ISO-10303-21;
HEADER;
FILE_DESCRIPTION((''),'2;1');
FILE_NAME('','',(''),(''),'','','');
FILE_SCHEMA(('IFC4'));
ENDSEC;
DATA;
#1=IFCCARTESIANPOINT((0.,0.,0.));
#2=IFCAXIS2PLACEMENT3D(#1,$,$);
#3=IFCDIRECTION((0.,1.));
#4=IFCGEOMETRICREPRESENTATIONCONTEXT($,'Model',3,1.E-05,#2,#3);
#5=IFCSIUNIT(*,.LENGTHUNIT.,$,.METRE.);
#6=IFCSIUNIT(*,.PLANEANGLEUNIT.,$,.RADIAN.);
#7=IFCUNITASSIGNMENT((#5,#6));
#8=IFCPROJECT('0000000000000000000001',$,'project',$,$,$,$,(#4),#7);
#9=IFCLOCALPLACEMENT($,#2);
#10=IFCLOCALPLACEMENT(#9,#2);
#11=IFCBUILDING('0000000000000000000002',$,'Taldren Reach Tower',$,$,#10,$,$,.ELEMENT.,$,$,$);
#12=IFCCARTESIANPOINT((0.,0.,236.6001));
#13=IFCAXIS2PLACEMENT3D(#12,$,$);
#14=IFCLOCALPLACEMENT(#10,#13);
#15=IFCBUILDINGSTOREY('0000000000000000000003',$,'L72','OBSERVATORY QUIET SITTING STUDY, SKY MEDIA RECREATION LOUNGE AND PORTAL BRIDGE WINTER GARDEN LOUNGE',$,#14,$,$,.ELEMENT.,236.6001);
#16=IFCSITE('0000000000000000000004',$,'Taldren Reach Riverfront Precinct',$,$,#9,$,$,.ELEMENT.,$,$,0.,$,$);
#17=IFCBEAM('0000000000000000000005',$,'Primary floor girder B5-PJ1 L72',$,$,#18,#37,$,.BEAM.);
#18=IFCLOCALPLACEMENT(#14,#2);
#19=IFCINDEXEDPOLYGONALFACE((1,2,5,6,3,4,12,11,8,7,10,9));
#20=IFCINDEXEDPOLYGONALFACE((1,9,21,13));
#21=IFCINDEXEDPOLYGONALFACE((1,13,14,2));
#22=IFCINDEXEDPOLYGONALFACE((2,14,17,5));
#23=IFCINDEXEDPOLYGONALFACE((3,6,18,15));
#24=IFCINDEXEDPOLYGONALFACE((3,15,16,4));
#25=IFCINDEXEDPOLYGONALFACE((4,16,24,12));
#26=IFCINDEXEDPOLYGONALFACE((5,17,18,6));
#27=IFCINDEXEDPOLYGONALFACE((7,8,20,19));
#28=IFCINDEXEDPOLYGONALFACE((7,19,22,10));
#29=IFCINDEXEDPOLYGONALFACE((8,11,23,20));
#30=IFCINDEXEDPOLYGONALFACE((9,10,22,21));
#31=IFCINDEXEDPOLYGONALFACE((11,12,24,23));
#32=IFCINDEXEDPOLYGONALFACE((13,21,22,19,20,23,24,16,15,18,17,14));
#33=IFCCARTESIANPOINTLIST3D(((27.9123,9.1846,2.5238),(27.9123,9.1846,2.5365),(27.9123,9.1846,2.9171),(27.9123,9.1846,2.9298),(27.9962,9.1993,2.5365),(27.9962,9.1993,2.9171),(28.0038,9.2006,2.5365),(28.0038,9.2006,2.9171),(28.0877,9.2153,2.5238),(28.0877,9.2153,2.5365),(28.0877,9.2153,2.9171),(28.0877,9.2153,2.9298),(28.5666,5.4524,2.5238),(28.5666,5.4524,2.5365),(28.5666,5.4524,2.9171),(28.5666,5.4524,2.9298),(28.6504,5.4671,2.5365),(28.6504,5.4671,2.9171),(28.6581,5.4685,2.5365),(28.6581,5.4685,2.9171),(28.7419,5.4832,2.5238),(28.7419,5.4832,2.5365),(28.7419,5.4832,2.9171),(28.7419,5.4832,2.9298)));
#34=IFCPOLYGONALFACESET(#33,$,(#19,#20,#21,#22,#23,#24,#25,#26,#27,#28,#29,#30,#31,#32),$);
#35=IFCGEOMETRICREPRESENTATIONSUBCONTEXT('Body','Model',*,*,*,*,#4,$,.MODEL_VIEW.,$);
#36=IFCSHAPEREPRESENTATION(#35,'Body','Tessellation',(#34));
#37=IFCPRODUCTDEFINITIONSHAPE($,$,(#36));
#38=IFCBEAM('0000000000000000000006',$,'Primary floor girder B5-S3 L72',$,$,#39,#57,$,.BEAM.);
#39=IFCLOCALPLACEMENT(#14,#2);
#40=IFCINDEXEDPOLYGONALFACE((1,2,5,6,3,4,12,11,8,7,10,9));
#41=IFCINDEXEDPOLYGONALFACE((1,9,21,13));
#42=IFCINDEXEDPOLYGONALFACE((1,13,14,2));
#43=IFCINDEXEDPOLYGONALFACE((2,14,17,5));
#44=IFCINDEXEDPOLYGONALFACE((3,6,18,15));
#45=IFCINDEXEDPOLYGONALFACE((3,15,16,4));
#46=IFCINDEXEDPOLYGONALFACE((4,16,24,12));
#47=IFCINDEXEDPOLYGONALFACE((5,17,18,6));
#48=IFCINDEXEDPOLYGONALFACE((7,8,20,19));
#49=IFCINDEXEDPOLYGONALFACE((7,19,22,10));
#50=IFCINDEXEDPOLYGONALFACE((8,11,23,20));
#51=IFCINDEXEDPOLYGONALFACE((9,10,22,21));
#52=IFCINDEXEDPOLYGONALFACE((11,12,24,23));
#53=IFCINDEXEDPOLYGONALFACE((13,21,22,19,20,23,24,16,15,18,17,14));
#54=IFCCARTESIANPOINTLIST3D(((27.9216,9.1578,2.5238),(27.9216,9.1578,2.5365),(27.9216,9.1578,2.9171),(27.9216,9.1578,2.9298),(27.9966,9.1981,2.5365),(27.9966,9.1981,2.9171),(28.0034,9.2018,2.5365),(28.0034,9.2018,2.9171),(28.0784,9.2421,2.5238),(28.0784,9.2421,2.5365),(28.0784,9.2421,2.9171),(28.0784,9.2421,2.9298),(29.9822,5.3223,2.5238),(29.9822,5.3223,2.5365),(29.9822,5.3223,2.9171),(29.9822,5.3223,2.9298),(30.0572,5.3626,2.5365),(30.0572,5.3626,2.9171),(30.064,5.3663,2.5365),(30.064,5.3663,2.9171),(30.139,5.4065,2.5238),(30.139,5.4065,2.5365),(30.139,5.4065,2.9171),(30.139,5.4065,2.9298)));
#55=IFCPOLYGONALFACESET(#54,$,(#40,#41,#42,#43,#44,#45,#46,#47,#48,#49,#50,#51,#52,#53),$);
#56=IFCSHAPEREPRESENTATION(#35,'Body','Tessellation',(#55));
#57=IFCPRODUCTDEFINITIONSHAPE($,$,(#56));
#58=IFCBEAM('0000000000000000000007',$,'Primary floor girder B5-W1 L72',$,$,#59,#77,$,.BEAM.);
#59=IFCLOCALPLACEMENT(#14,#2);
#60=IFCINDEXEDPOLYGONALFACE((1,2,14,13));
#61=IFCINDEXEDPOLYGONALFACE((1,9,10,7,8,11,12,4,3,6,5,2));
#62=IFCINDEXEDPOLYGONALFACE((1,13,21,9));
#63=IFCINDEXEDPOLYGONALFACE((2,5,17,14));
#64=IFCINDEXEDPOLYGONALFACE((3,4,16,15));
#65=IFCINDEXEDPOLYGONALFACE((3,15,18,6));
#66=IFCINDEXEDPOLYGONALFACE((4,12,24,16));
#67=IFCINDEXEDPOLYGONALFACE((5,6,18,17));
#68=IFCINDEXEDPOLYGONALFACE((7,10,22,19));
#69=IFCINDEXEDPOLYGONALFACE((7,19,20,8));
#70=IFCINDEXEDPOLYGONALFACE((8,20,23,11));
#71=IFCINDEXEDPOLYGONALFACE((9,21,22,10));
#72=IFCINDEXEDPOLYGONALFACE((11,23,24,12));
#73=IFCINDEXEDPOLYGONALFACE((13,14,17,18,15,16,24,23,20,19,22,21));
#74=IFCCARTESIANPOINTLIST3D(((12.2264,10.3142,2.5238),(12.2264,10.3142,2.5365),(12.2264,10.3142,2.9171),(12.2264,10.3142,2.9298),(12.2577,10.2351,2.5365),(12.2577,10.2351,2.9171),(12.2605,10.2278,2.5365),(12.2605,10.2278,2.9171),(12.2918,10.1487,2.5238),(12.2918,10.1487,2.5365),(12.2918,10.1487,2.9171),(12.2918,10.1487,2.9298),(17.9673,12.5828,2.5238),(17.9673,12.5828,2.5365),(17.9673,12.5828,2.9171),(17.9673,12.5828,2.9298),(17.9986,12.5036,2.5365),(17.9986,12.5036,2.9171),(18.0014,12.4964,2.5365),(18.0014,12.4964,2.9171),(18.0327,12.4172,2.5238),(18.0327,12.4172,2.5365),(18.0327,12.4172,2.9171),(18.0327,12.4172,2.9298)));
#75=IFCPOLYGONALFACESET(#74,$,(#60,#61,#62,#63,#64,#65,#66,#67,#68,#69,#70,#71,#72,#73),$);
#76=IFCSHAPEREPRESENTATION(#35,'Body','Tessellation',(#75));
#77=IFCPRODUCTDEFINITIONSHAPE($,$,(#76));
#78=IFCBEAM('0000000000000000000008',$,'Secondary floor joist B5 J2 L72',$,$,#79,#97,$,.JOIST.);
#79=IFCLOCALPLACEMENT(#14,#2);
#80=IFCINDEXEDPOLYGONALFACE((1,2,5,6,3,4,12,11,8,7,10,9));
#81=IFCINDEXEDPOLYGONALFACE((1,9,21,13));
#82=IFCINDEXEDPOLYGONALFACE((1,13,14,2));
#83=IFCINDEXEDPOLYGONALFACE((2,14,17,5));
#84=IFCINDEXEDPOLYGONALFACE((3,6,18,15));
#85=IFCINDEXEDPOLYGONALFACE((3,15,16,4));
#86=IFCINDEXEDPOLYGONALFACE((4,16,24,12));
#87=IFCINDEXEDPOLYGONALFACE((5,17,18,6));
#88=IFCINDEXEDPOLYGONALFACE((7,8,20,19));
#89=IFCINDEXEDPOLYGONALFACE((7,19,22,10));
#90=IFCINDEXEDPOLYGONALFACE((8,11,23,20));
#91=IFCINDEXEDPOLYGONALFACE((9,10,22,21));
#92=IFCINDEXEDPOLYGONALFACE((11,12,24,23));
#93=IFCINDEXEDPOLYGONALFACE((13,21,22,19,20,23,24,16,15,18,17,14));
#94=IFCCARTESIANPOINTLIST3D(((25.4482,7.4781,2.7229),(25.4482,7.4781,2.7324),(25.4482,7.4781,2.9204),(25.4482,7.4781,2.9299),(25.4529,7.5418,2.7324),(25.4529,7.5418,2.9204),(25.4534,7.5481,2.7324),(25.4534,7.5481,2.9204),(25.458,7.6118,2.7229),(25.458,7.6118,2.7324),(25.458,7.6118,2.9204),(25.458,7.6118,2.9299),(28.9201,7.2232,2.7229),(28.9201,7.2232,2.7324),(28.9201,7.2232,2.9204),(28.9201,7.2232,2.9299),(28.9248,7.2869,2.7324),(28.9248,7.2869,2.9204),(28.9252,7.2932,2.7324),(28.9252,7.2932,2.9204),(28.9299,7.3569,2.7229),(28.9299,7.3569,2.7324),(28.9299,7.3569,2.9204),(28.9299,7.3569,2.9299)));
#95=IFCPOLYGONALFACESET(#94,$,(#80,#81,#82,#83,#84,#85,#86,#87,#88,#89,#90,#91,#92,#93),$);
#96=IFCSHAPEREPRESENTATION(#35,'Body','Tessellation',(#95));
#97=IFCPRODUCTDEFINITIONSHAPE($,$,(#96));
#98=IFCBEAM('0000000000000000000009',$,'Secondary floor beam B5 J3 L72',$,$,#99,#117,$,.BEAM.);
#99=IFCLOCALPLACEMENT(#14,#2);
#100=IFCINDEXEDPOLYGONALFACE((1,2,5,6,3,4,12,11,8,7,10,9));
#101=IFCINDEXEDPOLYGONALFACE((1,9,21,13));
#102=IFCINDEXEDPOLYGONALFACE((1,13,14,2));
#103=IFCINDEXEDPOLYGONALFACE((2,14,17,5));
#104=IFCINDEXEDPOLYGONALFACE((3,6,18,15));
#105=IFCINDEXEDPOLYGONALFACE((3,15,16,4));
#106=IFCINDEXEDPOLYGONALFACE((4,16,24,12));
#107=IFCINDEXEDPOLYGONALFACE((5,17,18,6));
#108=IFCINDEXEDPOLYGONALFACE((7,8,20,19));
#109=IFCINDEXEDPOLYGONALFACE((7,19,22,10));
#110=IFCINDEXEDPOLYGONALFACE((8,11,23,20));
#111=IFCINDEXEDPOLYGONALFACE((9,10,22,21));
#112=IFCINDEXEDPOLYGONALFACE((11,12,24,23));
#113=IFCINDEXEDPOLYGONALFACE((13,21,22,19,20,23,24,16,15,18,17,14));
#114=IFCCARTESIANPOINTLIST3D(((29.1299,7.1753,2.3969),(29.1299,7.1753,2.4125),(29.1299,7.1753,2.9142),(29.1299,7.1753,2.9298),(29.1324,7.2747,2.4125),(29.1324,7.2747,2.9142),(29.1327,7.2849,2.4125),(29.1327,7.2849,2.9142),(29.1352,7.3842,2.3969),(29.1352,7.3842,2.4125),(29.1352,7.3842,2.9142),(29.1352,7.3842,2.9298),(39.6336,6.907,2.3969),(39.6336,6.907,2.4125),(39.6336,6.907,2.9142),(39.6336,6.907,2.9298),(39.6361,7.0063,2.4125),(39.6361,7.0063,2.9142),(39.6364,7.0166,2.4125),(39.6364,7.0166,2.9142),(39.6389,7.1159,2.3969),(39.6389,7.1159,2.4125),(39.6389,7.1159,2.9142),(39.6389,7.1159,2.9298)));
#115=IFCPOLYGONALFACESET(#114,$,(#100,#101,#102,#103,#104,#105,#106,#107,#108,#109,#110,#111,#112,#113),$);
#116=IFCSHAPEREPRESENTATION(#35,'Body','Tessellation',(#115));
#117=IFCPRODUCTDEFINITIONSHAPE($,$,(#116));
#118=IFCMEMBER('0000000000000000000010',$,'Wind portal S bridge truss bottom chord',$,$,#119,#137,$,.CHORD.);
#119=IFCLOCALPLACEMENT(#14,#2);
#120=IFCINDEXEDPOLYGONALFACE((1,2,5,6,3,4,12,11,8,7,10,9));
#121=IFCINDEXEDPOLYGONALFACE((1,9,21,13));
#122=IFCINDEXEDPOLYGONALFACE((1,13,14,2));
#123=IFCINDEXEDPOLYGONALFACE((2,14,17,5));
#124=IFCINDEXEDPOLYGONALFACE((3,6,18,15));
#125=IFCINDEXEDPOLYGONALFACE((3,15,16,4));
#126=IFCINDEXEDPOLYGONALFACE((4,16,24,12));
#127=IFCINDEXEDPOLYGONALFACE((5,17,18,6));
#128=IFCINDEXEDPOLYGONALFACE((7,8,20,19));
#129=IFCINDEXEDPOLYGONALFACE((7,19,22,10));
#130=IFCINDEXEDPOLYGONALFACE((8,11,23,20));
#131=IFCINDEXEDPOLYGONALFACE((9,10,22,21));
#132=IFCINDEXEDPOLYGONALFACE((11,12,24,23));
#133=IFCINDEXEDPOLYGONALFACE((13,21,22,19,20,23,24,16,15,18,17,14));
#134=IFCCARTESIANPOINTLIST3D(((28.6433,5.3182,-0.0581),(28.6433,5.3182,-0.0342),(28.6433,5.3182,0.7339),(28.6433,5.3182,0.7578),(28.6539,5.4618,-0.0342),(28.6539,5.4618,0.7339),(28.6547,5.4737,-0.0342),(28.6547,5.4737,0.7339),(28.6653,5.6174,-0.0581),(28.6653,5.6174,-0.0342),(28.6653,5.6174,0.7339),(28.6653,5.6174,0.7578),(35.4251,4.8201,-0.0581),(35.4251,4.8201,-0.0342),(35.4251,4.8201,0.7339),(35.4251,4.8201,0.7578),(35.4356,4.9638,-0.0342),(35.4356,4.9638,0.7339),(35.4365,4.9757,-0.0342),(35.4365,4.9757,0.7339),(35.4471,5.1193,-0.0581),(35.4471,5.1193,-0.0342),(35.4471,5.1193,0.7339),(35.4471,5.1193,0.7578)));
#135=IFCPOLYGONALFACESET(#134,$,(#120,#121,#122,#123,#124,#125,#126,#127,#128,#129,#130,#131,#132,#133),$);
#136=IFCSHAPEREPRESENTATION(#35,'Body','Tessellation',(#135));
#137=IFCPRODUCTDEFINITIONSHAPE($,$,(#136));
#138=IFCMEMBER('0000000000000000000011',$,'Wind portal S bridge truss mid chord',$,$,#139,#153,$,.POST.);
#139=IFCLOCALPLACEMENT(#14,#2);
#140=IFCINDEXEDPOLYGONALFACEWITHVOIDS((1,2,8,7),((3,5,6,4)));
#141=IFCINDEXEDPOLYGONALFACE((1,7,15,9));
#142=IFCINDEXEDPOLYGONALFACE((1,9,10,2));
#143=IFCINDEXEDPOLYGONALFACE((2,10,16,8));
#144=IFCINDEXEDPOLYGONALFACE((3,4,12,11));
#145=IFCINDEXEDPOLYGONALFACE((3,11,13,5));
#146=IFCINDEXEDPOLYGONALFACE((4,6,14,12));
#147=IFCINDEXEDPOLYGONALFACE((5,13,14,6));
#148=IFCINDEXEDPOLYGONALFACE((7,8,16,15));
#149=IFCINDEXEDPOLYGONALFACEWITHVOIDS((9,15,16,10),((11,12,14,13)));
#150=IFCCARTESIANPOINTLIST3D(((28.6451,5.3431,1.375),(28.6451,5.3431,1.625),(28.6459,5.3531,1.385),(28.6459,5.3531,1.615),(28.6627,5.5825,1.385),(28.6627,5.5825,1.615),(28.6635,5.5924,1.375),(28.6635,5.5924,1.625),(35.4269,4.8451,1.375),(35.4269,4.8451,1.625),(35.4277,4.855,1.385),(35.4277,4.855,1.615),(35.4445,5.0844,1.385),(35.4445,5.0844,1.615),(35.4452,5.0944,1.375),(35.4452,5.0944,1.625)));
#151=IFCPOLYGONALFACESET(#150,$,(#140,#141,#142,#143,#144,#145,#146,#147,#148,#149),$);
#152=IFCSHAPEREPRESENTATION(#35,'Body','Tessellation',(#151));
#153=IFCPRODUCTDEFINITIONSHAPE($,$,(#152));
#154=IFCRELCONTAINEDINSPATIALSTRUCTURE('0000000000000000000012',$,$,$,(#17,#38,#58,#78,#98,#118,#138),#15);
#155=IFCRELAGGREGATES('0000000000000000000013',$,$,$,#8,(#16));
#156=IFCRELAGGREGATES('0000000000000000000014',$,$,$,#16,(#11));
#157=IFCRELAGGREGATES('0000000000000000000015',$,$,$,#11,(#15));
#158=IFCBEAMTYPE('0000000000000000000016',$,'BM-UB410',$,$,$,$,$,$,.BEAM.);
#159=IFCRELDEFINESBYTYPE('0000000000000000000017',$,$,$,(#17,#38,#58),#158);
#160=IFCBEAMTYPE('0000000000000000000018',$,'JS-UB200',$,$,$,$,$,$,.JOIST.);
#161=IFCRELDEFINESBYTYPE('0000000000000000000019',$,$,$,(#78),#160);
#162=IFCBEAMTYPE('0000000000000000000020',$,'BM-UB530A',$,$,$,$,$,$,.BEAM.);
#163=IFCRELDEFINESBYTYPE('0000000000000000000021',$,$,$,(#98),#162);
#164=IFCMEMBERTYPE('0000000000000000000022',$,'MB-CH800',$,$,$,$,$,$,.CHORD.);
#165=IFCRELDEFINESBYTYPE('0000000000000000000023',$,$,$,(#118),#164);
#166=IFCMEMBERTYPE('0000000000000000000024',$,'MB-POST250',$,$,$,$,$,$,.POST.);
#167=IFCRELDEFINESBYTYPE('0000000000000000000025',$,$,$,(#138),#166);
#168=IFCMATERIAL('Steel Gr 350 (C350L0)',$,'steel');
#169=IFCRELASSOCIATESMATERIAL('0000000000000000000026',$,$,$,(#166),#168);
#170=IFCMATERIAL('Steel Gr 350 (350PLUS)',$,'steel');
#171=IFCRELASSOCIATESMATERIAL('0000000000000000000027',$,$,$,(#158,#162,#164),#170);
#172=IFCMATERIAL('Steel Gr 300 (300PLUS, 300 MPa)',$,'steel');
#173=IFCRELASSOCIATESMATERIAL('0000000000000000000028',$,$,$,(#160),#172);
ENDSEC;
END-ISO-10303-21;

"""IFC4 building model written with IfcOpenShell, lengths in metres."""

from ifc_helpers import new_model, si_unit, direction, frame, origin, origin_2d, place, context, subcontext, project, spatial, hollow_rectangle, i_section, extrude, source, transform, mapped, material, material_profile, profile_set, type_object, element, save


model = new_model("IFC4")

# Units and contexts
model_context = context("Model", 3, precision=1e-05, world=origin(), true_north=direction((0.0, 1.0)))
body_context = subcontext(model_context, "Body", "Model", "MODEL_VIEW")
ifc_project = project(units=[si_unit("LENGTHUNIT", "METRE"), si_unit("PLANEANGLEUNIT", "RADIAN")], contexts=[model_context])

# Site, building, storey
site_placement = place(None, origin())
site = spatial("IfcSite", under=ifc_project, at=site_placement, Name="Taldren Reach Riverfront Precinct", CompositionType="ELEMENT", RefElevation=0.0)
building_placement = place(site_placement, origin())
building = spatial("IfcBuilding", under=site, at=building_placement, Name="Taldren Reach Tower", CompositionType="ELEMENT")
storey_placement = place(building_placement, frame((0.0, 0.0, 236.6001)))
storey = spatial("IfcBuildingStorey", under=building, at=storey_placement, Name="L72", Description="OBSERVATORY QUIET SITTING STUDY, SKY MEDIA RECREATION LOUNGE AND PORTAL BRIDGE WINTER GARDEN LOUNGE", CompositionType="ELEMENT", Elevation=236.6001)

# Shared definitions
ifc_material_1 = material(Name="Steel Gr 350 (350PLUS)", Category="steel")

# Shared definitions
ifc_material_2 = material(Name="Steel Gr 350 (C350L0)", Category="steel")
ifc_material_profile_1 = material_profile(ifc_material_2, hollow_rectangle(XDim=0.25, YDim=0.25, WallThickness=0.01, at=origin_2d()), Name="250x250x10.0SHS")
ifc_profile_set_1 = profile_set([ifc_material_profile_1], Name="Steel Gr 350 (C350L0)")
member_type_1 = type_object("IfcMemberType", Name="MB-POST250", PredefinedType="POST", material=ifc_profile_set_1)

# Beams
ifc_material_profile_2 = material_profile(ifc_material_1, i_section(OverallWidth=0.178, OverallDepth=0.406, WebThickness=0.0078, FlangeThickness=0.0127, at=origin_2d()), Name="410UB59.7")
ifc_profile_set_2 = profile_set([ifc_material_profile_2], Name="Steel Gr 350 (350PLUS)")
beam_type_1 = type_object("IfcBeamType", Name="BM-UB410", PredefinedType="BEAM", material=ifc_profile_set_2)
shared_shape_1 = source(origin(), body_context, "Body", "SweptSolid", [
    extrude(i_section(OverallWidth=0.178, OverallDepth=0.406, WebThickness=0.0078, FlangeThickness=0.0127, at=origin_2d()), origin(), (0.0, 0.0, 1.0), 3.7891),
])
beam_1_placement = place(storey_placement, frame((28.0, 9.2, 2.7268), z_axis=(0.172679, -0.984978, 0.0), x_axis=(0.984978, 0.172679, 0.0)))
element("IfcBeam", 1, at=beam_1_placement, inside=storey, type_object=beam_type_1, Name="Primary floor girder B5-PJ1 L72", PredefinedType="BEAM", context=body_context, shape_type="MappedRepresentation", body=[
    mapped(shared_shape_1, transform((0.0, 0.0, 0.0), scale=1.0)),
])
shared_shape_2 = source(origin(), body_context, "Body", "SweptSolid", [
    extrude(i_section(OverallWidth=0.178, OverallDepth=0.406, WebThickness=0.0078, FlangeThickness=0.0127, at=origin_2d()), origin(), (0.0, 0.0, 1.0), 4.354),
])
beam_2_placement = place(storey_placement, frame((28.0, 9.2, 2.7268), z_axis=(0.473264, -0.880921, 0.0), x_axis=(0.880921, 0.473264, 0.0)))
element("IfcBeam", 2, at=beam_2_placement, inside=storey, type_object=beam_type_1, Name="Primary floor girder B5-S3 L72", PredefinedType="BEAM", context=body_context, shape_type="MappedRepresentation", body=[
    mapped(shared_shape_2, transform((0.0, 0.0, 0.0), scale=1.0)),
])
shared_shape_3 = source(origin(), body_context, "Body", "SweptSolid", [
    extrude(i_section(OverallWidth=0.178, OverallDepth=0.406, WebThickness=0.0078, FlangeThickness=0.0127, at=origin_2d()), origin(), (0.0, 0.0, 1.0), 6.1729),
])
beam_3_placement = place(storey_placement, frame((18.0, 12.5, 2.7268), z_axis=(-0.930023, -0.367501, 0.0), x_axis=(0.367501, -0.930023, 0.0)))
element("IfcBeam", 3, at=beam_3_placement, inside=storey, type_object=beam_type_1, Name="Primary floor girder B5-W1 L72", PredefinedType="BEAM", context=body_context, shape_type="MappedRepresentation", body=[
    mapped(shared_shape_3, transform((0.0, 0.0, 0.0), scale=1.0)),
])
ifc_material_3 = material(Name="Steel Gr 300 (300PLUS, 300 MPa)", Category="steel")
ifc_material_profile_3 = material_profile(ifc_material_3, i_section(OverallWidth=0.134, OverallDepth=0.207, WebThickness=0.0063, FlangeThickness=0.0095, at=origin_2d()), Name="200UB29.8")
ifc_profile_set_3 = profile_set([ifc_material_profile_3], Name="Steel Gr 300 (300PLUS, 300 MPa)")
beam_type_2 = type_object("IfcBeamType", Name="JS-UB200", PredefinedType="JOIST", material=ifc_profile_set_3)
shared_shape_4 = source(origin(), body_context, "Body", "SweptSolid", [
    extrude(i_section(OverallWidth=0.134, OverallDepth=0.207, WebThickness=0.0063, FlangeThickness=0.0095, at=origin_2d()), origin(), (0.0, 0.0, 1.0), 3.4812),
])
beam_4_placement = place(storey_placement, frame((25.4531, 7.5449, 2.8264), z_axis=(0.997316, -0.073216, 0.0), x_axis=(0.073216, 0.997316, 0.0)))
element("IfcBeam", 4, at=beam_4_placement, inside=storey, type_object=beam_type_2, Name="Secondary floor joist B5 J2 L72", PredefinedType="JOIST", context=body_context, shape_type="MappedRepresentation", body=[
    mapped(shared_shape_4, transform((0.0, 0.0, 0.0), scale=1.0)),
])
ifc_material_profile_4 = material_profile(ifc_material_1, i_section(OverallWidth=0.209, OverallDepth=0.533, WebThickness=0.0103, FlangeThickness=0.0156, at=origin_2d()), Name="530UB92.4")
ifc_profile_set_4 = profile_set([ifc_material_profile_4], Name="Steel Gr 350 (350PLUS)")
beam_type_3 = type_object("IfcBeamType", Name="BM-UB530A", PredefinedType="BEAM", material=ifc_profile_set_4)
shared_shape_5 = source(origin(), body_context, "Body", "SweptSolid", [
    extrude(i_section(OverallWidth=0.209, OverallDepth=0.533, WebThickness=0.0103, FlangeThickness=0.0156, at=origin_2d()), origin(), (0.0, 0.0, 1.0), 10.5071),
])
beam_5_placement = place(storey_placement, frame((29.1326, 7.2798, 2.6633), z_axis=(0.999674, -0.025536, 0.0), x_axis=(0.025536, 0.999674, 0.0)))
element("IfcBeam", 5, at=beam_5_placement, inside=storey, type_object=beam_type_3, Name="Secondary floor beam B5 J3 L72", PredefinedType="BEAM", context=body_context, shape_type="MappedRepresentation", body=[
    mapped(shared_shape_5, transform((0.0, 0.0, 0.0), scale=1.0)),
])

# Members
ifc_material_profile_5 = material_profile(ifc_material_1, i_section(OverallWidth=0.3, OverallDepth=0.8159, WebThickness=0.012, FlangeThickness=0.0239, at=origin_2d()), Name="800WB192")
ifc_profile_set_5 = profile_set([ifc_material_profile_5], Name="Steel Gr 350 (350PLUS)")
member_type_2 = type_object("IfcMemberType", Name="MB-CH800", PredefinedType="CHORD", material=ifc_profile_set_5)
shared_shape_6 = source(origin(), body_context, "Body", "SweptSolid", [
    extrude(i_section(OverallWidth=0.3, OverallDepth=0.8159, WebThickness=0.012, FlangeThickness=0.0239, at=origin_2d()), origin(), (0.0, 0.0, 1.0), 6.8),
])
member_1_placement = place(storey_placement, frame((28.6543, 5.4678, 0.3499), z_axis=(0.997314, -0.073242, 0.0), x_axis=(0.073242, 0.997314, 0.0)))
element("IfcMember", 6, at=member_1_placement, inside=storey, type_object=member_type_2, Name="Wind portal S bridge truss bottom chord", PredefinedType="CHORD", context=body_context, shape_type="MappedRepresentation", body=[
    mapped(shared_shape_6, transform((0.0, 0.0, 0.0), scale=1.0)),
])
shared_shape_7 = source(origin(), body_context, "Body", "SweptSolid", [
    extrude(hollow_rectangle(XDim=0.25, YDim=0.25, WallThickness=0.01, at=origin_2d()), origin(), (0.0, 0.0, 1.0), 6.8),
])
member_2_placement = place(storey_placement, frame((28.6543, 5.4678, 1.5), z_axis=(0.997314, -0.073242, 0.0), x_axis=(0.073242, 0.997314, 0.0)))
element("IfcMember", 7, at=member_2_placement, inside=storey, type_object=member_type_1, Name="Wind portal S bridge truss mid chord", PredefinedType="POST", context=body_context, shape_type="MappedRepresentation", body=[
    mapped(shared_shape_7, transform((0.0, 0.0, 0.0), scale=1.0)),
])

save(model, "model.ifc")
